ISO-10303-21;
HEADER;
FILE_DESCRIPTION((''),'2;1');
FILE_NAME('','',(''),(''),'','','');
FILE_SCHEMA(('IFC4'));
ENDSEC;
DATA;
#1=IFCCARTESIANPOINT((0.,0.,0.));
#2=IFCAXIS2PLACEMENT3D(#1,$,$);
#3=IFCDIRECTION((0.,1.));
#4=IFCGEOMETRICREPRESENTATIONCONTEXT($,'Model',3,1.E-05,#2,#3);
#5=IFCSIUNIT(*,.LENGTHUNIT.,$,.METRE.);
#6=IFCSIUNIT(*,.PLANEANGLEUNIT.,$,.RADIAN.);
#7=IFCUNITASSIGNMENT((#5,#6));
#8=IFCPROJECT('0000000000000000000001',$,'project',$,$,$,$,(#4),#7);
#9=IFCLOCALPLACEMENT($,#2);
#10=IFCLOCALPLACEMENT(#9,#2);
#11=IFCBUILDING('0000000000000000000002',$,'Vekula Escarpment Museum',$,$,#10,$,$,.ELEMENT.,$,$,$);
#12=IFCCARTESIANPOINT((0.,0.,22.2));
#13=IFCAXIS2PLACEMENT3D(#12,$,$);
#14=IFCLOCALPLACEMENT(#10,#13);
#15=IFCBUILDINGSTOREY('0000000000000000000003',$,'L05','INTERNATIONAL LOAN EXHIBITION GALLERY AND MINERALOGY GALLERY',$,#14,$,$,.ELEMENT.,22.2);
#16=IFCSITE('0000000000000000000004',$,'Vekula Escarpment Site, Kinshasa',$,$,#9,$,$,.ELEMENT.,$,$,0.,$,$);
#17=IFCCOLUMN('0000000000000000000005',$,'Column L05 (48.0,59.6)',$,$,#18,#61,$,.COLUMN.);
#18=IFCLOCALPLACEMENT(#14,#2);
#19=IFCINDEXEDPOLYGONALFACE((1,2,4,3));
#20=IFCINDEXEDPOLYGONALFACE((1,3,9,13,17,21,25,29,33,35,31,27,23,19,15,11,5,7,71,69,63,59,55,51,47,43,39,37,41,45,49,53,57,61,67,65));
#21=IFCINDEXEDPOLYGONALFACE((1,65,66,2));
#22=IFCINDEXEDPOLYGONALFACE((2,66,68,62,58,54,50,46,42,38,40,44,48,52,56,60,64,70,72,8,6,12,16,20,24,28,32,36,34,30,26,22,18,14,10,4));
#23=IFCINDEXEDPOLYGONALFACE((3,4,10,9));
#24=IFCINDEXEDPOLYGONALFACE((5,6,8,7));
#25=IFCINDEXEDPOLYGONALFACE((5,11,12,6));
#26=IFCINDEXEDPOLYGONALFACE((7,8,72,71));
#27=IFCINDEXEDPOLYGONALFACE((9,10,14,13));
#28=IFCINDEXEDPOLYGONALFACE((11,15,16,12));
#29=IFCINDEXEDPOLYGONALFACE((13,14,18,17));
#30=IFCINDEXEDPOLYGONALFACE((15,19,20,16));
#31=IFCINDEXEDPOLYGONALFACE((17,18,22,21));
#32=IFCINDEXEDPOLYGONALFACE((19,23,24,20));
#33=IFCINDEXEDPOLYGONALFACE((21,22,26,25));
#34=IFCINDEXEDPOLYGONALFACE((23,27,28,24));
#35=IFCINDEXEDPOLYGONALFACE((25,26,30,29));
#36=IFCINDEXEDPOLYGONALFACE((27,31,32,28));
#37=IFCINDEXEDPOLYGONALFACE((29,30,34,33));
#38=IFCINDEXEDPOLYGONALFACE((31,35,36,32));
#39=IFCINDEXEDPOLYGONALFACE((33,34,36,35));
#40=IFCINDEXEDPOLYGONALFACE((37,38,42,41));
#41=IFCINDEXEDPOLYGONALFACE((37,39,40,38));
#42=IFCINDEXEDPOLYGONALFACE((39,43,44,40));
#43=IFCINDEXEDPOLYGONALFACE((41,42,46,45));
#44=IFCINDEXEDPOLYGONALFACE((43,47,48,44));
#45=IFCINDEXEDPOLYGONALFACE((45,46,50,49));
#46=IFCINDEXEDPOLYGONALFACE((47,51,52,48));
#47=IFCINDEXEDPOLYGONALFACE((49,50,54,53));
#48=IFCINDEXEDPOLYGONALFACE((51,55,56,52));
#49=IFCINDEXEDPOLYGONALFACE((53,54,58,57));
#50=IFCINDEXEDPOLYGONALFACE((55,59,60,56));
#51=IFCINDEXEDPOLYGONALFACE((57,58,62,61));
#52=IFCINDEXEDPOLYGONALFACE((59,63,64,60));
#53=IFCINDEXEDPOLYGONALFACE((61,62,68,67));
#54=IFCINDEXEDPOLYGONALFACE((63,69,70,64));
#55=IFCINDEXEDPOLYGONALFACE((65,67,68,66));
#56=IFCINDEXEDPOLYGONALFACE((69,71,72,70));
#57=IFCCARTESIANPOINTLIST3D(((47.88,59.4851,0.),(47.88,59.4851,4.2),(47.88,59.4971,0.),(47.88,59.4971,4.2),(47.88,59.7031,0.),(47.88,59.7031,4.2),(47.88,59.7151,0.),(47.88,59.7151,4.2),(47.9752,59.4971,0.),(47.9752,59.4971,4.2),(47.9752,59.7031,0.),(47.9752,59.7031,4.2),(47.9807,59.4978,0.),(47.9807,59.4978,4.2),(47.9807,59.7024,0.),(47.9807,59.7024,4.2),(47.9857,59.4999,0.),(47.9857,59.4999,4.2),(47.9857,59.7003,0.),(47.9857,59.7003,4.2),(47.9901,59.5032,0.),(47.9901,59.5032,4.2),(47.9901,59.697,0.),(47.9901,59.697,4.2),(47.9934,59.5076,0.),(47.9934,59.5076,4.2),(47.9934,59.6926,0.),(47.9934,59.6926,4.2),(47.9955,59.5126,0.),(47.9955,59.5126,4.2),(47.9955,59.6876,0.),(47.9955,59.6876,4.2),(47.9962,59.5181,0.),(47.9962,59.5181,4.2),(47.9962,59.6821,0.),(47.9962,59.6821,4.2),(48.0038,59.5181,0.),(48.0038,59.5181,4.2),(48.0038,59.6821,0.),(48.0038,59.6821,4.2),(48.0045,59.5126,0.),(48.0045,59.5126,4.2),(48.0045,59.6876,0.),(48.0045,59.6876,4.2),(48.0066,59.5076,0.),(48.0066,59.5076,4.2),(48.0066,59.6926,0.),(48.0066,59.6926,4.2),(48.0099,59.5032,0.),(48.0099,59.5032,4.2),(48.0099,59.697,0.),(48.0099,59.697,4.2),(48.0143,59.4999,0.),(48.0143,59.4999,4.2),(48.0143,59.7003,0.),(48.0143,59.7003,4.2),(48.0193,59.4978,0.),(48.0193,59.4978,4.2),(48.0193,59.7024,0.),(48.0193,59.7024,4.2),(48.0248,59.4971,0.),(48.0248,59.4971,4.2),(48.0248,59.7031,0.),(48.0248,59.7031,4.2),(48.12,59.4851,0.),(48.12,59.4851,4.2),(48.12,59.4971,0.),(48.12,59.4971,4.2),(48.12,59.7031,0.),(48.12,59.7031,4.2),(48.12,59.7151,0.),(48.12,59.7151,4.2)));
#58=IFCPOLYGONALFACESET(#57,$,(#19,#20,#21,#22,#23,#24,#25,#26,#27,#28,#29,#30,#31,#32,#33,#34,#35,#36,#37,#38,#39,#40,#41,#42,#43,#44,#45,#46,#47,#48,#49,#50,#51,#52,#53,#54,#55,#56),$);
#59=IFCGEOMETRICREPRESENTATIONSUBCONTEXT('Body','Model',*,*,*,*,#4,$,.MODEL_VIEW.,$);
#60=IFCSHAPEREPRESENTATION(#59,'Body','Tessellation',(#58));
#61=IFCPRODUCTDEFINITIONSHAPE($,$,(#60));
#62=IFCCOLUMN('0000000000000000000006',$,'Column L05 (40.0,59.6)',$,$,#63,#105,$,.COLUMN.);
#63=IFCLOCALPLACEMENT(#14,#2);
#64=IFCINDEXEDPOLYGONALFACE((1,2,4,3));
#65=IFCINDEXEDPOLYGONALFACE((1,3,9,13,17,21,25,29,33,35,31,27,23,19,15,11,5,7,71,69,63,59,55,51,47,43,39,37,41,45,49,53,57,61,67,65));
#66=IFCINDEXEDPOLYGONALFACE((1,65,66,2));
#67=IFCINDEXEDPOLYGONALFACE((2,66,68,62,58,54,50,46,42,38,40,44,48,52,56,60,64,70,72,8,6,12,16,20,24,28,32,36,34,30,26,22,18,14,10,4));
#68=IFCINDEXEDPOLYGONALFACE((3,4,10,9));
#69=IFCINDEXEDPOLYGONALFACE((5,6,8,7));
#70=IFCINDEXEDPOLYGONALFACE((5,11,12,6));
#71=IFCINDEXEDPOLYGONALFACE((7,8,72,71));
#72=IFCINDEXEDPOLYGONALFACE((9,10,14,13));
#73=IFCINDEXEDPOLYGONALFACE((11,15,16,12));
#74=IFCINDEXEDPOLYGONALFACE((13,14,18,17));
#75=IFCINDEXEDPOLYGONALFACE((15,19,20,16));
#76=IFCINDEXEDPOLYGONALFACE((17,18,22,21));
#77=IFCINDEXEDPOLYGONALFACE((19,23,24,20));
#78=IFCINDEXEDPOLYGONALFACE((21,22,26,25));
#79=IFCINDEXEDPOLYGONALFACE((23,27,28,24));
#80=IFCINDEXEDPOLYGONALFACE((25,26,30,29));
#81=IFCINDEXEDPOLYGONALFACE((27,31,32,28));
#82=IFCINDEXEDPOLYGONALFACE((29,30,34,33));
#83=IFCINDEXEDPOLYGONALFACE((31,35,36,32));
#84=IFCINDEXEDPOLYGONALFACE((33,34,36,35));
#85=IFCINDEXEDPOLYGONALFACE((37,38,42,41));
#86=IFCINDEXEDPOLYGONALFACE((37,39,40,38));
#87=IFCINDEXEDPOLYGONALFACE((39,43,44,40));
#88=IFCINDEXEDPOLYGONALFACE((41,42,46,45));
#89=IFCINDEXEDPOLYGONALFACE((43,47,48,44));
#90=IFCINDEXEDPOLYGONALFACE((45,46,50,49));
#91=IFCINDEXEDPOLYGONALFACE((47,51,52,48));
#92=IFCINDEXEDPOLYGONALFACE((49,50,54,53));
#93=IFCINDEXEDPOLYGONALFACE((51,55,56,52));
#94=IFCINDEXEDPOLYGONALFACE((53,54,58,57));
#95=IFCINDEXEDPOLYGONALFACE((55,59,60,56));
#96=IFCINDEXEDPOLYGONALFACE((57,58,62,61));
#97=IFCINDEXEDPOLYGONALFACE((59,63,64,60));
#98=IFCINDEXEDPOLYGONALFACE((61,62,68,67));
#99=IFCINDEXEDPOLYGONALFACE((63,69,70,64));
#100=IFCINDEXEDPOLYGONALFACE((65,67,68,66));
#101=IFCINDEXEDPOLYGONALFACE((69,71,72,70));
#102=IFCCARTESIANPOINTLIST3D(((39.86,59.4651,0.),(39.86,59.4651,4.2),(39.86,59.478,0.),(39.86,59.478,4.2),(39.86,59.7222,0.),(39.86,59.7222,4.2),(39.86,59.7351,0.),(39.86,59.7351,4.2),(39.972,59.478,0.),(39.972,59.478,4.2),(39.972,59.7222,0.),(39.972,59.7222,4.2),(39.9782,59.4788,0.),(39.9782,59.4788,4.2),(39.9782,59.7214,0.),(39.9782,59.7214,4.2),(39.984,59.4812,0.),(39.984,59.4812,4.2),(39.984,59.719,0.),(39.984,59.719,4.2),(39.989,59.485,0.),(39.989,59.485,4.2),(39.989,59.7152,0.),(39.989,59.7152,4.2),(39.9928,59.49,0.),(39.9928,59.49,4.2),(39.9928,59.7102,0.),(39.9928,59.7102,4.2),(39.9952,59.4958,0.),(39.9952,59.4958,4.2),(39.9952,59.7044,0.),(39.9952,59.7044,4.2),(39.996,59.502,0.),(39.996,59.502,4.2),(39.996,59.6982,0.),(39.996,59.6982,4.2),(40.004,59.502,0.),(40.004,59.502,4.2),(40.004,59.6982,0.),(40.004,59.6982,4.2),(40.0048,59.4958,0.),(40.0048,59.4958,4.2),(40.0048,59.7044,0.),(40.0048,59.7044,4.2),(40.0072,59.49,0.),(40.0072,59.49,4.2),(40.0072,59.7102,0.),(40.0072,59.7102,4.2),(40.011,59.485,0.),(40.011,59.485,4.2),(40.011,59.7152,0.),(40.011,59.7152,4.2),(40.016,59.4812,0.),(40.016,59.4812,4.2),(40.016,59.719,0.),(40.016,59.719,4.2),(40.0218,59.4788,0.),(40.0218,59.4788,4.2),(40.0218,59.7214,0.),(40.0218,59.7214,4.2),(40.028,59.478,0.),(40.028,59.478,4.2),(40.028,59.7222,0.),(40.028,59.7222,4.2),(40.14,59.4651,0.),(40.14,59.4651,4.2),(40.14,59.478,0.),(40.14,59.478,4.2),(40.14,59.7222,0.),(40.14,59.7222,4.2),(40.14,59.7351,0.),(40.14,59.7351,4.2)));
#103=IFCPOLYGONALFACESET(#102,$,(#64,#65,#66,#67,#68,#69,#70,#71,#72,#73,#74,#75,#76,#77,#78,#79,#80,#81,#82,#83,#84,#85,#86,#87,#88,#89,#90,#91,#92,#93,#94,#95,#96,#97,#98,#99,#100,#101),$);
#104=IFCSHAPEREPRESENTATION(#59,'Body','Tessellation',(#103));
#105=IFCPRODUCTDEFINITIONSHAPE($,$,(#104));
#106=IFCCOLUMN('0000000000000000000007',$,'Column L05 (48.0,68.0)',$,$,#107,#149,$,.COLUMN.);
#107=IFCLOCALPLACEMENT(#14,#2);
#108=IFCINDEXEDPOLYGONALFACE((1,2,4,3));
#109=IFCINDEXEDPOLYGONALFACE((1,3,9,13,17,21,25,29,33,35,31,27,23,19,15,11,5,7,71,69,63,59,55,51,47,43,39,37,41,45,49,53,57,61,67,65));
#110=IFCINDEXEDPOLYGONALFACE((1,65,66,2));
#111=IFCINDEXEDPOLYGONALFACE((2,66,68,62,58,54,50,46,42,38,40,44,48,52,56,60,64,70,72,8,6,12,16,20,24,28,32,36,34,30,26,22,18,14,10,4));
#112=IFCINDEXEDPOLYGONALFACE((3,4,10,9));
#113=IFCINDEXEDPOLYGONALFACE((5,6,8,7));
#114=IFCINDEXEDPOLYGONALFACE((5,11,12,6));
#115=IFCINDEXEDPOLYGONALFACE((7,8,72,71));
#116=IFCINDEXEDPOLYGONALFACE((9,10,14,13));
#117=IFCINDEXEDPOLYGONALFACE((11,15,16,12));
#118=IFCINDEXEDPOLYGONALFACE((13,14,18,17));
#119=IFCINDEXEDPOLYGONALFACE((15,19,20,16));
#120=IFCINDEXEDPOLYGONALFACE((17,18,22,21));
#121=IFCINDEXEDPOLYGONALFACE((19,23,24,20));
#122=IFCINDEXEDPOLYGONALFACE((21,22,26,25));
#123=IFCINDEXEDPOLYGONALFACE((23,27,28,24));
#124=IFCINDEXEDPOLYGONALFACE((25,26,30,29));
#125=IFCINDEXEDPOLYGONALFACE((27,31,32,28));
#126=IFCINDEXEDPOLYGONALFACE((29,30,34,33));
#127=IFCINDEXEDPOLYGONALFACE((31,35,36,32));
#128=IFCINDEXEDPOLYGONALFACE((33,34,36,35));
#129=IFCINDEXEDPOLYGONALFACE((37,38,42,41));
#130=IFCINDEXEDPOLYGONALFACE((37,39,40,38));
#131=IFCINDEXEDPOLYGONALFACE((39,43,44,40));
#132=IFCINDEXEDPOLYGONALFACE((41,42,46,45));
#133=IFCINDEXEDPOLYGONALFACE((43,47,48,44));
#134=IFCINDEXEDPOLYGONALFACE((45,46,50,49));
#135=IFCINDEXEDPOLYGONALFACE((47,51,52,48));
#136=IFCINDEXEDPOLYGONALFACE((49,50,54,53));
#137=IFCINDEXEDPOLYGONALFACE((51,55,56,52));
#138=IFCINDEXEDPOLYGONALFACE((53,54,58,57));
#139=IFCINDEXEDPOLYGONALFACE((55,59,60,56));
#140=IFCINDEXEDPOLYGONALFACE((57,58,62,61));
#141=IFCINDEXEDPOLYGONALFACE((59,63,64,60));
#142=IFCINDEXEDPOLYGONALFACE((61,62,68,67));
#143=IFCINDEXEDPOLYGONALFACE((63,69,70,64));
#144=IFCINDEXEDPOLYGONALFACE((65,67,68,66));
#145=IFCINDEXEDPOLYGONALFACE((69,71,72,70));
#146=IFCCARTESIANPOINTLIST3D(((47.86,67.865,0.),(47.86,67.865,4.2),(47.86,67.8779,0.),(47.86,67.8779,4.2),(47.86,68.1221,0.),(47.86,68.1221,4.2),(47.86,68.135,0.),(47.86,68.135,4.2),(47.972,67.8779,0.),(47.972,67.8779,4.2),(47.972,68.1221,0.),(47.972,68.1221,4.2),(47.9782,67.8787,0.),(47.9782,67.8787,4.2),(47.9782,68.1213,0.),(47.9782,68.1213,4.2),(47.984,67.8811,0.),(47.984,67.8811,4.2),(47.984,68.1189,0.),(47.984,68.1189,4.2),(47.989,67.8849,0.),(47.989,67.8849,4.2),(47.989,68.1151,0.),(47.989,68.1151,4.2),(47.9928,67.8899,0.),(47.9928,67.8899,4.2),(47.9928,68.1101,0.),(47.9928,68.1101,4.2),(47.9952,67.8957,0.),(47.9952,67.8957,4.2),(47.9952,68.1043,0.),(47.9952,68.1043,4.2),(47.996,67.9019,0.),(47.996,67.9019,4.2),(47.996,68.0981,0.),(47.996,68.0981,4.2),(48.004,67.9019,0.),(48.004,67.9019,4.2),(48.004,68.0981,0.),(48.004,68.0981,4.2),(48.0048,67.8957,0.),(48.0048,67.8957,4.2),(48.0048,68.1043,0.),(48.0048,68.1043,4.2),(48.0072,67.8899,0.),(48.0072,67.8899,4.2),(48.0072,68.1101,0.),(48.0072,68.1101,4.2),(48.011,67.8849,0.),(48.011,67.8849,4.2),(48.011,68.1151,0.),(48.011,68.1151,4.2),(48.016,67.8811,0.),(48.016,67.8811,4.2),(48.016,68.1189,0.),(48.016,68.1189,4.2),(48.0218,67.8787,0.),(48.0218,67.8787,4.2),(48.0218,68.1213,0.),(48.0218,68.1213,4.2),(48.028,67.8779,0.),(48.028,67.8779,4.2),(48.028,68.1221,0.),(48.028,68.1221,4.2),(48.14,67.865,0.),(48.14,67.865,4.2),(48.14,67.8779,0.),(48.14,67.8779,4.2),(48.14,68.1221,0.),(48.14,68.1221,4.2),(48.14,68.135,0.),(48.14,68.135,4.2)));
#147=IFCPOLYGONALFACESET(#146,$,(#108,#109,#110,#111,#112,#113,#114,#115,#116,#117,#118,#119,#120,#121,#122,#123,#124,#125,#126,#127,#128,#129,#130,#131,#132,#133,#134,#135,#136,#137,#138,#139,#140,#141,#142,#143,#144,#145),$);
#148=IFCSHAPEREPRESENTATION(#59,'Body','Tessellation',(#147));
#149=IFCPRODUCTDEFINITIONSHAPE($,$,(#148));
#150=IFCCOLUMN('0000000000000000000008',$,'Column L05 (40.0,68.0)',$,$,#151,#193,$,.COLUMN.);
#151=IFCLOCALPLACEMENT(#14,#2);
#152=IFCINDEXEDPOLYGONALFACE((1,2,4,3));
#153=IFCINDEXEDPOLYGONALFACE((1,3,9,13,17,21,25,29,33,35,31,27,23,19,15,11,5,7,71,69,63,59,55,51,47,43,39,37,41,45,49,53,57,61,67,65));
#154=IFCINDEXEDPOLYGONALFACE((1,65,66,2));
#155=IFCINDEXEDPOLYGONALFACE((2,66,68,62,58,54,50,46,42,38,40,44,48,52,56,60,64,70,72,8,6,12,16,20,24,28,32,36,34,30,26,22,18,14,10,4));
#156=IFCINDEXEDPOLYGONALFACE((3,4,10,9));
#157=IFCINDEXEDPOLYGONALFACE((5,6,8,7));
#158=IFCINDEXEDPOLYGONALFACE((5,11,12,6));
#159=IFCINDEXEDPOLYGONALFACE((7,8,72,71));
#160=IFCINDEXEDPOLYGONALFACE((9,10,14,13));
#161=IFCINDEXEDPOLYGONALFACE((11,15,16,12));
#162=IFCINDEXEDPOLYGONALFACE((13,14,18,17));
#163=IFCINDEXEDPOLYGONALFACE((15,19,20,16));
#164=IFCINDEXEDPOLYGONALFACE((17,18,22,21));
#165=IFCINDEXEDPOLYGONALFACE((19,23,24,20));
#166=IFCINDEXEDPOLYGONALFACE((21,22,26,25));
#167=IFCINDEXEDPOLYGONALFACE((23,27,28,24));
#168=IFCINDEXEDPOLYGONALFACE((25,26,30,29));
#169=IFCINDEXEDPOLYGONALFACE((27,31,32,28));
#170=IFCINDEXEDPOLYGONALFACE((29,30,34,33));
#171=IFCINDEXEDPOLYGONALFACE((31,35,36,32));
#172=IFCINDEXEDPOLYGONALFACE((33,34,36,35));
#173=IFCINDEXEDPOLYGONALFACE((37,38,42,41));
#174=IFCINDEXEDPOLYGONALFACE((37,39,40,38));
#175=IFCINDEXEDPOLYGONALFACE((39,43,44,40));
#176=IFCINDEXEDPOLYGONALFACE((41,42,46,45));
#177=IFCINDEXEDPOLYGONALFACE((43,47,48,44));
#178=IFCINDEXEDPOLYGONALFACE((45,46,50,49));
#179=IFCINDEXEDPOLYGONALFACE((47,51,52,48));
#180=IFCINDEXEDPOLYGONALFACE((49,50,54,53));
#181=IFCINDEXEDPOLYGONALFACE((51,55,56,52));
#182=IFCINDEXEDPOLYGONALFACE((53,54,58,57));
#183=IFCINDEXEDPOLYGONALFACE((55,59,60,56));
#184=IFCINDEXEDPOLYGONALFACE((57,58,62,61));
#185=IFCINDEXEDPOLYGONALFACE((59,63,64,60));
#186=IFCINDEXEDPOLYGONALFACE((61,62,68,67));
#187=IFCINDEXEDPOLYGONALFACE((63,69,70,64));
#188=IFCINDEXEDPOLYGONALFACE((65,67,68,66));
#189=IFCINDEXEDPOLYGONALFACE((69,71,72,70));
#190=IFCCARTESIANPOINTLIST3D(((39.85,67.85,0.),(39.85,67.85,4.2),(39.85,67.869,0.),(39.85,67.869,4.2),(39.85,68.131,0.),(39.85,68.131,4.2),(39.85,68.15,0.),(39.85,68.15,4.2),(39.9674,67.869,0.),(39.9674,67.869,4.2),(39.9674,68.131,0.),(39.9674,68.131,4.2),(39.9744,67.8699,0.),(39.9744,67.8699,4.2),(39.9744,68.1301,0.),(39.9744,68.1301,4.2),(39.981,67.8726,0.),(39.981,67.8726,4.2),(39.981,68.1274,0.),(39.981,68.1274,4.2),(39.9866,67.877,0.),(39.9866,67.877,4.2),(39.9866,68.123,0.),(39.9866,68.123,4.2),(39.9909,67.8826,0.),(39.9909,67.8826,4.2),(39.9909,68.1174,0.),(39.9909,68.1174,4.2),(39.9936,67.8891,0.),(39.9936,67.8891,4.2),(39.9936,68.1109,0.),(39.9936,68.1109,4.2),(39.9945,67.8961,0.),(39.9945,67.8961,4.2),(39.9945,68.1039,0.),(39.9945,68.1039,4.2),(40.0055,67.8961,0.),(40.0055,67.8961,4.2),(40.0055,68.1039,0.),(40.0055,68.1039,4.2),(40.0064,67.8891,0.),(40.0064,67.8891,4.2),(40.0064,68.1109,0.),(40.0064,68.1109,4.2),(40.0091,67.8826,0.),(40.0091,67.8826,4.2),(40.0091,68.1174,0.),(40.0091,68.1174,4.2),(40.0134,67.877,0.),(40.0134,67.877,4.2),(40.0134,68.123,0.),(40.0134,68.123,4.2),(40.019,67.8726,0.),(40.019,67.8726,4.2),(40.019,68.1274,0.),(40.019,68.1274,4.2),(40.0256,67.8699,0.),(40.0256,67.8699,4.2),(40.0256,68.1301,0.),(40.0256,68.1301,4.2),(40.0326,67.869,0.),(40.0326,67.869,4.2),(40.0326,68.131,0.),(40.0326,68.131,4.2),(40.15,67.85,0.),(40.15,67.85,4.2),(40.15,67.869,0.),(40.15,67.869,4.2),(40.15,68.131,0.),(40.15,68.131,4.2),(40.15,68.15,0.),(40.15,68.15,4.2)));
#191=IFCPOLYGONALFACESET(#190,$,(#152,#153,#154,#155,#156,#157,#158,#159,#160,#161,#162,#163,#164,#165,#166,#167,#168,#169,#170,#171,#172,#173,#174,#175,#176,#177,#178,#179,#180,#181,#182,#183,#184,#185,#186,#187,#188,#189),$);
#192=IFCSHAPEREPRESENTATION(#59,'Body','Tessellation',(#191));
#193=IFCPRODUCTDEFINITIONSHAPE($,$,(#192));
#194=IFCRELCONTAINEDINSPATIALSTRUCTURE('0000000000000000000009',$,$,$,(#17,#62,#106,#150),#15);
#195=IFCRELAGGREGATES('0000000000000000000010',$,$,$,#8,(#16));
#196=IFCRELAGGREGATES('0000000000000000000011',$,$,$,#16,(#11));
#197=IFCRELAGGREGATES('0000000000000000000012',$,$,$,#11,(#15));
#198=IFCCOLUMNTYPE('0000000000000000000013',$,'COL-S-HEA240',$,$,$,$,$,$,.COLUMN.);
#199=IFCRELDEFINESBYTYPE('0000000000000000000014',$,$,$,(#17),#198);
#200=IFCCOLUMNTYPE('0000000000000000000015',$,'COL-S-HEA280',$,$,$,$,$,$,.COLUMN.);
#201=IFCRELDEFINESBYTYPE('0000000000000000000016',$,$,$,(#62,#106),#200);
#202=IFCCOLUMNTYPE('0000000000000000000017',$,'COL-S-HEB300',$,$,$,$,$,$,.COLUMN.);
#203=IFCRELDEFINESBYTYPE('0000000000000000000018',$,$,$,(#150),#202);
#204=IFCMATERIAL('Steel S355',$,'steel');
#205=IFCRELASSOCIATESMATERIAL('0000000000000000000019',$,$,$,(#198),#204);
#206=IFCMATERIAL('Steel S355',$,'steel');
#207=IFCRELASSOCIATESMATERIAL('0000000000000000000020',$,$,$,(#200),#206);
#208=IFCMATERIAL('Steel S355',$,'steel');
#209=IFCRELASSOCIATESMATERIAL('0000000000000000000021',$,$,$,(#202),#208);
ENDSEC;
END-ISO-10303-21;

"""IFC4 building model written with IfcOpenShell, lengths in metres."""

from ifc_helpers import new_model, si_unit, direction, frame, origin, origin_2d, place, context, subcontext, project, spatial, i_section, extrude, material, material_profile, profile_set, type_object, element, save


model = new_model("IFC4")

# Units and contexts
model_context = context("Model", 3, precision=1e-05, world=origin(), true_north=direction((0.0, 1.0)))
body_context = subcontext(model_context, "Body", "Model", "MODEL_VIEW")
ifc_project = project(units=[si_unit("LENGTHUNIT", "METRE"), si_unit("PLANEANGLEUNIT", "RADIAN")], contexts=[model_context])

# Site, building, storey
site_placement = place(None, origin())
site = spatial("IfcSite", under=ifc_project, at=site_placement, Name="Vekula Escarpment Site, Kinshasa", CompositionType="ELEMENT", RefElevation=0.0)
building_placement = place(site_placement, origin())
building = spatial("IfcBuilding", under=site, at=building_placement, Name="Vekula Escarpment Museum", CompositionType="ELEMENT")
storey_placement = place(building_placement, frame((0.0, 0.0, 22.2)))
storey = spatial("IfcBuildingStorey", under=building, at=storey_placement, Name="L05", Description="INTERNATIONAL LOAN EXHIBITION GALLERY AND MINERALOGY GALLERY", CompositionType="ELEMENT", Elevation=22.2)

# Columns
ifc_material_1 = material(Name="Steel S355", Category="steel")
ifc_material_profile_1 = material_profile(ifc_material_1, i_section(OverallWidth=0.24, OverallDepth=0.23, WebThickness=0.0076, FlangeThickness=0.012, FilletRadius=0.021, at=origin_2d()), Name="HEA 240")
ifc_profile_set_1 = profile_set([ifc_material_profile_1], Name="Steel S355")
column_type_1 = type_object("IfcColumnType", Name="COL-S-HEA240", PredefinedType="COLUMN", material=ifc_profile_set_1)
column_1_placement = place(storey_placement, frame((48.0, 59.6001, 0.0), z_axis=(0.0, 0.0, 1.0), x_axis=(1.0, 0.0, 0.0)))
element("IfcColumn", 1, at=column_1_placement, inside=storey, type_object=column_type_1, Name="Column L05 (48.0,59.6)", PredefinedType="COLUMN", context=body_context, shape_type="SweptSolid", body=[
    extrude(i_section(OverallWidth=0.24, OverallDepth=0.23, WebThickness=0.0076, FlangeThickness=0.012, FilletRadius=0.021, at=origin_2d()), origin(), (0.0, 0.0, 1.0), 4.2),
])
ifc_material_2 = material(Name="Steel S355", Category="steel")
ifc_material_profile_2 = material_profile(ifc_material_2, i_section(OverallWidth=0.28, OverallDepth=0.27, WebThickness=0.0081, FlangeThickness=0.0129, FilletRadius=0.0239, at=origin_2d()), Name="HEA 280")
ifc_profile_set_2 = profile_set([ifc_material_profile_2], Name="Steel S355")
column_type_2 = type_object("IfcColumnType", Name="COL-S-HEA280", PredefinedType="COLUMN", material=ifc_profile_set_2)
for number, where, z_axis, x_axis, name in (
    (2, (40.0, 59.6001, 0.0), (0.0, 0.0, 1.0), (1.0, 0.0, 0.0), "Column L05 (40.0,59.6)"),
    (3, (48.0, 68.0, 0.0), (0.0, 0.0, 1.0), (1.0, 0.0, 0.0), "Column L05 (48.0,68.0)"),
):
    element("IfcColumn", number, at=place(storey_placement, frame(where, z_axis=z_axis, x_axis=x_axis)), inside=storey, type_object=column_type_2, Name=name, PredefinedType="COLUMN", context=body_context, shape_type="SweptSolid", body=[
        extrude(i_section(OverallWidth=0.28, OverallDepth=0.27, WebThickness=0.0081, FlangeThickness=0.0129, FilletRadius=0.0239, at=origin_2d()), origin(), (0.0, 0.0, 1.0), 4.2),
    ])
ifc_material_3 = material(Name="Steel S355", Category="steel")
ifc_material_profile_3 = material_profile(ifc_material_3, i_section(OverallWidth=0.3, OverallDepth=0.3, WebThickness=0.011, FlangeThickness=0.019, FilletRadius=0.0271, at=origin_2d()), Name="HEB 300")
ifc_profile_set_3 = profile_set([ifc_material_profile_3], Name="Steel S355")
column_type_3 = type_object("IfcColumnType", Name="COL-S-HEB300", PredefinedType="COLUMN", material=ifc_profile_set_3)
column_2_placement = place(storey_placement, frame((40.0, 68.0, 0.0), z_axis=(0.0, 0.0, 1.0), x_axis=(1.0, 0.0, 0.0)))
element("IfcColumn", 4, at=column_2_placement, inside=storey, type_object=column_type_3, Name="Column L05 (40.0,68.0)", PredefinedType="COLUMN", context=body_context, shape_type="SweptSolid", body=[
    extrude(i_section(OverallWidth=0.3, OverallDepth=0.3, WebThickness=0.011, FlangeThickness=0.019, FilletRadius=0.0271, at=origin_2d()), origin(), (0.0, 0.0, 1.0), 4.2),
])

save(model, "model.ifc")
